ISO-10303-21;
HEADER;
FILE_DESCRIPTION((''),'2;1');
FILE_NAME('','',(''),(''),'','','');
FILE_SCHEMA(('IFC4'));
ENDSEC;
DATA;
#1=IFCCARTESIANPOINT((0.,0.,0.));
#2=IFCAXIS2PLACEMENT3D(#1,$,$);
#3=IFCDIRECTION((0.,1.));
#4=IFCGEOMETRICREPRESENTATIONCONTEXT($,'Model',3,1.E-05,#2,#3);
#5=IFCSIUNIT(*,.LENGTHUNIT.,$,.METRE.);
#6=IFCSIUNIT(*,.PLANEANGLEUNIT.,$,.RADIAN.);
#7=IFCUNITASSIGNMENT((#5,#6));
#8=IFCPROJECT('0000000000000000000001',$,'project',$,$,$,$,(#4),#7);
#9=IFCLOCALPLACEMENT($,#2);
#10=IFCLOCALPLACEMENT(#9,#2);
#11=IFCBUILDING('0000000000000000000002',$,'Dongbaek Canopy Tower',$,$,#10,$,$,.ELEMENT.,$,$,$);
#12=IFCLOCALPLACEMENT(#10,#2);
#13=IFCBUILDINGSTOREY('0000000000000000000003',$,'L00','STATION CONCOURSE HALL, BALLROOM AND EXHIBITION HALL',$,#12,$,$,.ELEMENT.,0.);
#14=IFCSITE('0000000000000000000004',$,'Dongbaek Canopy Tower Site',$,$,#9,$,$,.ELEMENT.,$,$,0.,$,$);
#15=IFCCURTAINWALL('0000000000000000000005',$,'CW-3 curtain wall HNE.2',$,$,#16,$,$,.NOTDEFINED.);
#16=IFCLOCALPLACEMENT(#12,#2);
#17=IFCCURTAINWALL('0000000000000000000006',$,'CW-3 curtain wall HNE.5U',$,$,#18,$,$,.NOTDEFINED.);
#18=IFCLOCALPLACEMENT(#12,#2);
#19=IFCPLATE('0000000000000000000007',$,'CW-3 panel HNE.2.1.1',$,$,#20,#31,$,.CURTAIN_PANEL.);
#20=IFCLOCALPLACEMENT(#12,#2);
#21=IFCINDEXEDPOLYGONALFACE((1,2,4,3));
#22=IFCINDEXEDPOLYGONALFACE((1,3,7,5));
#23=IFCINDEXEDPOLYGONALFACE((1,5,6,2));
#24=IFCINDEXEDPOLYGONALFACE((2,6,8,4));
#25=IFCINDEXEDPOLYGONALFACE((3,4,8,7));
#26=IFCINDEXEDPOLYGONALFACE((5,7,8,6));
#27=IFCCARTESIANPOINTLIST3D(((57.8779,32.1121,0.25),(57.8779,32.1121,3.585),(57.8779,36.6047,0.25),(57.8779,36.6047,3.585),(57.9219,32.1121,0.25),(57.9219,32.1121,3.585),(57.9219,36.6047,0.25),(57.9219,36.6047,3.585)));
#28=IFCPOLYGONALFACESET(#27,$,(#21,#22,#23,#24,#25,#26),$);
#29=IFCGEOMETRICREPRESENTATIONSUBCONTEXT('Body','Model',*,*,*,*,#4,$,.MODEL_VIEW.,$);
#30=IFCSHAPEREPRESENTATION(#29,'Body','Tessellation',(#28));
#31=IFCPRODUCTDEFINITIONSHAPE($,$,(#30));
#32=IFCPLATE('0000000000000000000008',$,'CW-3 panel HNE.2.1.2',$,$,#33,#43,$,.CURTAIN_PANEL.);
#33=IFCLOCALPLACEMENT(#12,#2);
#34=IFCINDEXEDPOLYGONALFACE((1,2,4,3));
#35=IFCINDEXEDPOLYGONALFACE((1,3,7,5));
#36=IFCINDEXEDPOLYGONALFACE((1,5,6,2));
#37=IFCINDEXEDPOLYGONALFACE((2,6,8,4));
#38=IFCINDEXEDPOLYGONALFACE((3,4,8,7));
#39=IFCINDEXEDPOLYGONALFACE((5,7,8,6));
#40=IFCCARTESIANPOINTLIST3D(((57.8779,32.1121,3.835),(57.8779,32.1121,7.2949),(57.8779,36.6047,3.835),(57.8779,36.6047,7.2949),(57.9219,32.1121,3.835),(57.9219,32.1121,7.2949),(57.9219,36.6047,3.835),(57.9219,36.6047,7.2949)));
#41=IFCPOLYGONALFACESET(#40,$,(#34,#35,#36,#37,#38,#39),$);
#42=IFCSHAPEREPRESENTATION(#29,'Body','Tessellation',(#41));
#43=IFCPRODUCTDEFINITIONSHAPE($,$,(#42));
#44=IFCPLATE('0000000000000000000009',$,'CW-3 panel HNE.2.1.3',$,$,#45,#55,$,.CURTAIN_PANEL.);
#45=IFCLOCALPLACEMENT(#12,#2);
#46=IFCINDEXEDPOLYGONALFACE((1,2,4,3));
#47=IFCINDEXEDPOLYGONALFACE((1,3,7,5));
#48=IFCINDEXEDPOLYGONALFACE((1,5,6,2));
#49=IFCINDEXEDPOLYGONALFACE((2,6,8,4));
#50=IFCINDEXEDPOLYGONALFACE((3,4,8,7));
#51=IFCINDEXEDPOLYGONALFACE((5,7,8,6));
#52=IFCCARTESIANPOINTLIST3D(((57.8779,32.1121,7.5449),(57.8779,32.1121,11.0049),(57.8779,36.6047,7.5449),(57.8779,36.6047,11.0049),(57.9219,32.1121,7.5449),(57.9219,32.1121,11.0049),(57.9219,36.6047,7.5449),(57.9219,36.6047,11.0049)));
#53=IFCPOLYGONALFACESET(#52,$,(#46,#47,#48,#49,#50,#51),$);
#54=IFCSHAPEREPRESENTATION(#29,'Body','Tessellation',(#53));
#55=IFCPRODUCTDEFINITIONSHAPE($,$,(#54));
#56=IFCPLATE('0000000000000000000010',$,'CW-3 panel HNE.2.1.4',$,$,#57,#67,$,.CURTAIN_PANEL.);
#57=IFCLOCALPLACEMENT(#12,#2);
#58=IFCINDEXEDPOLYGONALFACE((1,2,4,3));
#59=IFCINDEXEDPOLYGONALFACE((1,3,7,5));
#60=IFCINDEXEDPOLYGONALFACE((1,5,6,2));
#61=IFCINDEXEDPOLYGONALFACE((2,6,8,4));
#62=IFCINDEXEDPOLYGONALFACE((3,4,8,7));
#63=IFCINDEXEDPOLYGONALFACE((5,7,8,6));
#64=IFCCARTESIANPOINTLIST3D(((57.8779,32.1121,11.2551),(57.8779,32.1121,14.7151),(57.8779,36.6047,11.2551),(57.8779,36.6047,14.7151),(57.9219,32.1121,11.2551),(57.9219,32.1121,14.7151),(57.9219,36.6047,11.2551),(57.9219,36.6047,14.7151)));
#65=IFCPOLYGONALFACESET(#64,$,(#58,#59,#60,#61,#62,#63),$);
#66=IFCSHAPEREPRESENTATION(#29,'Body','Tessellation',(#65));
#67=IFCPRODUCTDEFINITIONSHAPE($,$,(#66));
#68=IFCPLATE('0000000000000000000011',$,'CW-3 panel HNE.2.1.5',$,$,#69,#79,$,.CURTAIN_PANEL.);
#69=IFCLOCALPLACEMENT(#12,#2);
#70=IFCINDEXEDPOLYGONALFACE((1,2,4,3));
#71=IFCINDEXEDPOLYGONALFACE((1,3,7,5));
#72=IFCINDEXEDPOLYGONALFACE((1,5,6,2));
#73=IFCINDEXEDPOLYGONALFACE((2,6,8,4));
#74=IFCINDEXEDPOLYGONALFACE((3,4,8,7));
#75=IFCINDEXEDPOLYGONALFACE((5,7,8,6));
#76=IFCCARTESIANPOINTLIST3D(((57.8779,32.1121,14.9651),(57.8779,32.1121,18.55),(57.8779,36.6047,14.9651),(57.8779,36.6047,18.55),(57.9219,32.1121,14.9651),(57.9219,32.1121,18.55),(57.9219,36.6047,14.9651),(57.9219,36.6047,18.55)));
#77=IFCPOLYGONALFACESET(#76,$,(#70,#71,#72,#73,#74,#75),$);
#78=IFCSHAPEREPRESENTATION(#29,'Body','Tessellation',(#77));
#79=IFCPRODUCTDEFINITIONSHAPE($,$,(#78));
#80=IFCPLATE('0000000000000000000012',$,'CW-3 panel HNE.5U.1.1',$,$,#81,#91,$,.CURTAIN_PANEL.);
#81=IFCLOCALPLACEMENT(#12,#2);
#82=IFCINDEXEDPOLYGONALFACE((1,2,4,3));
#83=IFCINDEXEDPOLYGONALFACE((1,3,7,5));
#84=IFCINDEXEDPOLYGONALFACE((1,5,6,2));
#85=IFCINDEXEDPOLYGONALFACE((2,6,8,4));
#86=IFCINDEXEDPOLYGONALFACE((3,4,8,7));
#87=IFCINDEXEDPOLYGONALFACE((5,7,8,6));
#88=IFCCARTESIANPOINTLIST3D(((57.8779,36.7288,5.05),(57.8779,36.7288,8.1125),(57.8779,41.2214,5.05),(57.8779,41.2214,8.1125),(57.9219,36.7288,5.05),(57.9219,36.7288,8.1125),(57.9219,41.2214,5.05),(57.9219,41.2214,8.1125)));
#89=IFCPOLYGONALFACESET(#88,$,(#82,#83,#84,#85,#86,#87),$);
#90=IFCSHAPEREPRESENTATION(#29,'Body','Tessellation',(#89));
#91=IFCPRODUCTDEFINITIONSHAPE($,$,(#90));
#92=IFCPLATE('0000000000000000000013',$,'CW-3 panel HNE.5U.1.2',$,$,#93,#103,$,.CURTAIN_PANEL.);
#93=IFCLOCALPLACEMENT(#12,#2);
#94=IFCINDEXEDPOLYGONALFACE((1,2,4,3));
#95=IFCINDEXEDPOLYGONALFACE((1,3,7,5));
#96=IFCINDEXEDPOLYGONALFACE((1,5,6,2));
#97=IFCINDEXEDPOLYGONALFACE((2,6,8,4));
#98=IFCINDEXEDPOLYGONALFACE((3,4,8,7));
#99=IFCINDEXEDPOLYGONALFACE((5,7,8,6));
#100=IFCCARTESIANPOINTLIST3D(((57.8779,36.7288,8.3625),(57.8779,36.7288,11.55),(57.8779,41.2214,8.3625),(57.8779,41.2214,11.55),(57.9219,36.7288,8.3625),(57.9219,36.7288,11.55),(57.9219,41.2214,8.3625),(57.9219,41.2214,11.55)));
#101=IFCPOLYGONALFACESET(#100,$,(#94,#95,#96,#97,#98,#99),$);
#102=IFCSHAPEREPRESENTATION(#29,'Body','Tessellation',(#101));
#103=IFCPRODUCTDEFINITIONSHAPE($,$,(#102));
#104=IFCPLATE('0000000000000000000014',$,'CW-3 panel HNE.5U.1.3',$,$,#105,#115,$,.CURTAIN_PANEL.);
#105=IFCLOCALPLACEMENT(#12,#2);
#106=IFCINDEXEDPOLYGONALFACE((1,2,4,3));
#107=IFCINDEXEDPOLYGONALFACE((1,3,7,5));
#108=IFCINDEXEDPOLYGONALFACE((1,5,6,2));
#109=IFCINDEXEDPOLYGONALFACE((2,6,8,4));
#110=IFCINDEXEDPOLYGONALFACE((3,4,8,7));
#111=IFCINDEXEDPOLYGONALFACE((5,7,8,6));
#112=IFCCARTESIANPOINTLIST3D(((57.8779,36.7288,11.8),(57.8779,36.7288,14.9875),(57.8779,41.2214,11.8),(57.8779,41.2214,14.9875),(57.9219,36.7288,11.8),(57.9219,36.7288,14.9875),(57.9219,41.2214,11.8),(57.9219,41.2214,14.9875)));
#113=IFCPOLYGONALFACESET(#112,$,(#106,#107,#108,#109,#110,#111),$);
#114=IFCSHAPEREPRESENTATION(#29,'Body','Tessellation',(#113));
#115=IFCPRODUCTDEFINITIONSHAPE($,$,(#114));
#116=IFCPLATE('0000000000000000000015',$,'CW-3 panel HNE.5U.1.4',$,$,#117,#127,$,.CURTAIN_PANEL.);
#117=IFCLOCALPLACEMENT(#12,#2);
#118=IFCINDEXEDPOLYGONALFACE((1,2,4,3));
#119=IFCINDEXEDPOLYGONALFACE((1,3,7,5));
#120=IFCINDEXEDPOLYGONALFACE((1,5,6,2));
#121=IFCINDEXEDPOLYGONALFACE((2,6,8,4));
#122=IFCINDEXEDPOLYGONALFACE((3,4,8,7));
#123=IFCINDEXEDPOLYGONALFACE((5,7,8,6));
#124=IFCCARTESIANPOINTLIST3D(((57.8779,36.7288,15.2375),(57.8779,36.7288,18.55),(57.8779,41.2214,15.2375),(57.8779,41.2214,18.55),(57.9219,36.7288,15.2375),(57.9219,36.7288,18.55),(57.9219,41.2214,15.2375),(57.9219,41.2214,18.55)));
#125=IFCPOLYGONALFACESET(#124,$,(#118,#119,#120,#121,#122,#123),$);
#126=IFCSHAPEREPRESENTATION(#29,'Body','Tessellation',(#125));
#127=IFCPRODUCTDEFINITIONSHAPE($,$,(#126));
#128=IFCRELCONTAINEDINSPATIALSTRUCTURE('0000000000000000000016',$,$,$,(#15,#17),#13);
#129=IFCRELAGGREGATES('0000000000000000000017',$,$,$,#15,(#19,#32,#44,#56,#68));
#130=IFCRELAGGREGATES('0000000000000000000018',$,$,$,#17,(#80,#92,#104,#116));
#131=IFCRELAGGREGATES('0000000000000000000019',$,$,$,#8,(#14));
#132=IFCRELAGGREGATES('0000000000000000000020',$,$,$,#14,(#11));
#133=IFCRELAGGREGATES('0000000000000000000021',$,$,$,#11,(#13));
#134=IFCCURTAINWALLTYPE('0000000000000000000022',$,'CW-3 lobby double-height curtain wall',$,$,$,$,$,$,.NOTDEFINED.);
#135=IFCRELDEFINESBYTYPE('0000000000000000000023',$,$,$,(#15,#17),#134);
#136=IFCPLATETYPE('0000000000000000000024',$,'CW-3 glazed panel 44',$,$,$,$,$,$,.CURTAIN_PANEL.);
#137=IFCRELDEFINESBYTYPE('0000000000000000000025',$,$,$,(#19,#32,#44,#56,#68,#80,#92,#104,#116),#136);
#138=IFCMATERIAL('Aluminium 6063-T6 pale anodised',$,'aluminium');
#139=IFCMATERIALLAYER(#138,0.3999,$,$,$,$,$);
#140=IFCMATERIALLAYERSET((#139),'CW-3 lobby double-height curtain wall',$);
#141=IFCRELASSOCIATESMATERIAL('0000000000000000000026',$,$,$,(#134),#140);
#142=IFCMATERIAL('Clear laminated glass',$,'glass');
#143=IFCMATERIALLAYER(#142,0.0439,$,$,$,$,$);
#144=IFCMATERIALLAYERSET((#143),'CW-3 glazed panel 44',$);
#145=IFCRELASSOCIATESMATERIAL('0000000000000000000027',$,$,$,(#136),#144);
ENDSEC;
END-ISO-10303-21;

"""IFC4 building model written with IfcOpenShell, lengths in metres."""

from ifc_helpers import new_model, si_unit, direction, frame, origin, origin_2d, place, context, subcontext, project, spatial, rectangle, extrude, material, layer, layer_set, type_object, element, aggregate, save


model = new_model("IFC4")

# Units and contexts
model_context = context("Model", 3, precision=1e-05, world=origin(), true_north=direction((0.0, 1.0)))
body_context = subcontext(model_context, "Body", "Model", "MODEL_VIEW")
ifc_project = project(units=[si_unit("LENGTHUNIT", "METRE"), si_unit("PLANEANGLEUNIT", "RADIAN")], contexts=[model_context])

# Site, building, storey
site_placement = place(None, origin())
site = spatial("IfcSite", under=ifc_project, at=site_placement, Name="Dongbaek Canopy Tower Site", CompositionType="ELEMENT", RefElevation=0.0)
building_placement = place(site_placement, origin())
building = spatial("IfcBuilding", under=site, at=building_placement, Name="Dongbaek Canopy Tower", CompositionType="ELEMENT")
storey_placement = place(building_placement, origin())
storey = spatial("IfcBuildingStorey", under=building, at=storey_placement, Name="L00", Description="STATION CONCOURSE HALL, BALLROOM AND EXHIBITION HALL", CompositionType="ELEMENT", Elevation=0.0)

# Shared definitions
ifc_material_1 = material(Name="Aluminium 6063-T6 pale anodised", Category="aluminium")
ifc_layer_1 = layer(ifc_material_1, 0.3999)
ifc_layer_set_1 = layer_set([ifc_layer_1], Name="CW-3 lobby double-height curtain wall")
curtain_wall_type = type_object("IfcCurtainWallType", Name="CW-3 lobby double-height curtain wall", PredefinedType="NOTDEFINED", material=ifc_layer_set_1)

# Curtain walls
curtain_wall_1_placement = place(storey_placement, origin())
curtain_wall_1 = element("IfcCurtainWall", 1, at=curtain_wall_1_placement, inside=storey, type_object=curtain_wall_type, Name="CW-3 curtain wall HNE.2", PredefinedType="NOTDEFINED")
curtain_wall_2_placement = place(storey_placement, origin())
curtain_wall_2 = element("IfcCurtainWall", 2, at=curtain_wall_2_placement, inside=storey, type_object=curtain_wall_type, Name="CW-3 curtain wall HNE.5U", PredefinedType="NOTDEFINED")

# Plates
ifc_material_2 = material(Name="Clear laminated glass", Category="glass")
ifc_layer_2 = layer(ifc_material_2, 0.0439)
ifc_layer_set_2 = layer_set([ifc_layer_2], Name="CW-3 glazed panel 44")
plate_type = type_object("IfcPlateType", Name="CW-3 glazed panel 44", PredefinedType="CURTAIN_PANEL", material=ifc_layer_set_2)
plate_1_placement = place(storey_placement, frame((57.8999, 34.3584, 0.25), z_axis=(0.0, 0.0, 1.0), x_axis=(0.0, 1.0, 0.0)))
plate_1 = element("IfcPlate", 3, at=plate_1_placement, type_object=plate_type, Name="CW-3 panel HNE.2.1.1", PredefinedType="CURTAIN_PANEL", context=body_context, shape_type="SweptSolid", body=[
    extrude(rectangle(XDim=4.4927, YDim=0.0439, at=origin_2d()), origin(), (0.0, 0.0, 1.0), 3.335),
])
plate_2_placement = place(storey_placement, frame((57.8999, 34.3584, 3.835), z_axis=(0.0, 0.0, 1.0), x_axis=(0.0, 1.0, 0.0)))
plate_2 = element("IfcPlate", 4, at=plate_2_placement, type_object=plate_type, Name="CW-3 panel HNE.2.1.2", PredefinedType="CURTAIN_PANEL", context=body_context, shape_type="SweptSolid", body=[
    extrude(rectangle(XDim=4.4927, YDim=0.0439, at=origin_2d()), origin(), (0.0, 0.0, 1.0), 3.46),
])
plate_3_placement = place(storey_placement, frame((57.8999, 34.3584, 7.5449), z_axis=(0.0, 0.0, 1.0), x_axis=(0.0, 1.0, 0.0)))
plate_3 = element("IfcPlate", 5, at=plate_3_placement, type_object=plate_type, Name="CW-3 panel HNE.2.1.3", PredefinedType="CURTAIN_PANEL", context=body_context, shape_type="SweptSolid", body=[
    extrude(rectangle(XDim=4.4927, YDim=0.0439, at=origin_2d()), origin(), (0.0, 0.0, 1.0), 3.46),
])
plate_4_placement = place(storey_placement, frame((57.8999, 34.3584, 11.2551), z_axis=(0.0, 0.0, 1.0), x_axis=(0.0, 1.0, 0.0)))
plate_4 = element("IfcPlate", 6, at=plate_4_placement, type_object=plate_type, Name="CW-3 panel HNE.2.1.4", PredefinedType="CURTAIN_PANEL", context=body_context, shape_type="SweptSolid", body=[
    extrude(rectangle(XDim=4.4927, YDim=0.0439, at=origin_2d()), origin(), (0.0, 0.0, 1.0), 3.46),
])
plate_5_placement = place(storey_placement, frame((57.8999, 34.3584, 14.9651), z_axis=(0.0, 0.0, 1.0), x_axis=(0.0, 1.0, 0.0)))
plate_5 = element("IfcPlate", 7, at=plate_5_placement, type_object=plate_type, Name="CW-3 panel HNE.2.1.5", PredefinedType="CURTAIN_PANEL", context=body_context, shape_type="SweptSolid", body=[
    extrude(rectangle(XDim=4.4927, YDim=0.0439, at=origin_2d()), origin(), (0.0, 0.0, 1.0), 3.585),
])
aggregate(curtain_wall_1, [plate_1, plate_2, plate_3, plate_4, plate_5])
plate_6_placement = place(storey_placement, frame((57.8999, 38.9751, 5.05), z_axis=(0.0, 0.0, 1.0), x_axis=(0.0, 1.0, 0.0)))
plate_6 = element("IfcPlate", 8, at=plate_6_placement, type_object=plate_type, Name="CW-3 panel HNE.5U.1.1", PredefinedType="CURTAIN_PANEL", context=body_context, shape_type="SweptSolid", body=[
    extrude(rectangle(XDim=4.4927, YDim=0.0439, at=origin_2d()), origin(), (0.0, 0.0, 1.0), 3.0625),
])
plate_7_placement = place(storey_placement, frame((57.8999, 38.9751, 8.3625), z_axis=(0.0, 0.0, 1.0), x_axis=(0.0, 1.0, 0.0)))
plate_7 = element("IfcPlate", 9, at=plate_7_placement, type_object=plate_type, Name="CW-3 panel HNE.5U.1.2", PredefinedType="CURTAIN_PANEL", context=body_context, shape_type="SweptSolid", body=[
    extrude(rectangle(XDim=4.4927, YDim=0.0439, at=origin_2d()), origin(), (0.0, 0.0, 1.0), 3.1875),
])
plate_8_placement = place(storey_placement, frame((57.8999, 38.9751, 11.8), z_axis=(0.0, 0.0, 1.0), x_axis=(0.0, 1.0, 0.0)))
plate_8 = element("IfcPlate", 10, at=plate_8_placement, type_object=plate_type, Name="CW-3 panel HNE.5U.1.3", PredefinedType="CURTAIN_PANEL", context=body_context, shape_type="SweptSolid", body=[
    extrude(rectangle(XDim=4.4927, YDim=0.0439, at=origin_2d()), origin(), (0.0, 0.0, 1.0), 3.1875),
])
plate_9_placement = place(storey_placement, frame((57.8999, 38.9751, 15.2375), z_axis=(0.0, 0.0, 1.0), x_axis=(0.0, 1.0, 0.0)))
plate_9 = element("IfcPlate", 11, at=plate_9_placement, type_object=plate_type, Name="CW-3 panel HNE.5U.1.4", PredefinedType="CURTAIN_PANEL", context=body_context, shape_type="SweptSolid", body=[
    extrude(rectangle(XDim=4.4927, YDim=0.0439, at=origin_2d()), origin(), (0.0, 0.0, 1.0), 3.3125),
])
aggregate(curtain_wall_2, [plate_6, plate_7, plate_8, plate_9])

save(model, "model.ifc")
